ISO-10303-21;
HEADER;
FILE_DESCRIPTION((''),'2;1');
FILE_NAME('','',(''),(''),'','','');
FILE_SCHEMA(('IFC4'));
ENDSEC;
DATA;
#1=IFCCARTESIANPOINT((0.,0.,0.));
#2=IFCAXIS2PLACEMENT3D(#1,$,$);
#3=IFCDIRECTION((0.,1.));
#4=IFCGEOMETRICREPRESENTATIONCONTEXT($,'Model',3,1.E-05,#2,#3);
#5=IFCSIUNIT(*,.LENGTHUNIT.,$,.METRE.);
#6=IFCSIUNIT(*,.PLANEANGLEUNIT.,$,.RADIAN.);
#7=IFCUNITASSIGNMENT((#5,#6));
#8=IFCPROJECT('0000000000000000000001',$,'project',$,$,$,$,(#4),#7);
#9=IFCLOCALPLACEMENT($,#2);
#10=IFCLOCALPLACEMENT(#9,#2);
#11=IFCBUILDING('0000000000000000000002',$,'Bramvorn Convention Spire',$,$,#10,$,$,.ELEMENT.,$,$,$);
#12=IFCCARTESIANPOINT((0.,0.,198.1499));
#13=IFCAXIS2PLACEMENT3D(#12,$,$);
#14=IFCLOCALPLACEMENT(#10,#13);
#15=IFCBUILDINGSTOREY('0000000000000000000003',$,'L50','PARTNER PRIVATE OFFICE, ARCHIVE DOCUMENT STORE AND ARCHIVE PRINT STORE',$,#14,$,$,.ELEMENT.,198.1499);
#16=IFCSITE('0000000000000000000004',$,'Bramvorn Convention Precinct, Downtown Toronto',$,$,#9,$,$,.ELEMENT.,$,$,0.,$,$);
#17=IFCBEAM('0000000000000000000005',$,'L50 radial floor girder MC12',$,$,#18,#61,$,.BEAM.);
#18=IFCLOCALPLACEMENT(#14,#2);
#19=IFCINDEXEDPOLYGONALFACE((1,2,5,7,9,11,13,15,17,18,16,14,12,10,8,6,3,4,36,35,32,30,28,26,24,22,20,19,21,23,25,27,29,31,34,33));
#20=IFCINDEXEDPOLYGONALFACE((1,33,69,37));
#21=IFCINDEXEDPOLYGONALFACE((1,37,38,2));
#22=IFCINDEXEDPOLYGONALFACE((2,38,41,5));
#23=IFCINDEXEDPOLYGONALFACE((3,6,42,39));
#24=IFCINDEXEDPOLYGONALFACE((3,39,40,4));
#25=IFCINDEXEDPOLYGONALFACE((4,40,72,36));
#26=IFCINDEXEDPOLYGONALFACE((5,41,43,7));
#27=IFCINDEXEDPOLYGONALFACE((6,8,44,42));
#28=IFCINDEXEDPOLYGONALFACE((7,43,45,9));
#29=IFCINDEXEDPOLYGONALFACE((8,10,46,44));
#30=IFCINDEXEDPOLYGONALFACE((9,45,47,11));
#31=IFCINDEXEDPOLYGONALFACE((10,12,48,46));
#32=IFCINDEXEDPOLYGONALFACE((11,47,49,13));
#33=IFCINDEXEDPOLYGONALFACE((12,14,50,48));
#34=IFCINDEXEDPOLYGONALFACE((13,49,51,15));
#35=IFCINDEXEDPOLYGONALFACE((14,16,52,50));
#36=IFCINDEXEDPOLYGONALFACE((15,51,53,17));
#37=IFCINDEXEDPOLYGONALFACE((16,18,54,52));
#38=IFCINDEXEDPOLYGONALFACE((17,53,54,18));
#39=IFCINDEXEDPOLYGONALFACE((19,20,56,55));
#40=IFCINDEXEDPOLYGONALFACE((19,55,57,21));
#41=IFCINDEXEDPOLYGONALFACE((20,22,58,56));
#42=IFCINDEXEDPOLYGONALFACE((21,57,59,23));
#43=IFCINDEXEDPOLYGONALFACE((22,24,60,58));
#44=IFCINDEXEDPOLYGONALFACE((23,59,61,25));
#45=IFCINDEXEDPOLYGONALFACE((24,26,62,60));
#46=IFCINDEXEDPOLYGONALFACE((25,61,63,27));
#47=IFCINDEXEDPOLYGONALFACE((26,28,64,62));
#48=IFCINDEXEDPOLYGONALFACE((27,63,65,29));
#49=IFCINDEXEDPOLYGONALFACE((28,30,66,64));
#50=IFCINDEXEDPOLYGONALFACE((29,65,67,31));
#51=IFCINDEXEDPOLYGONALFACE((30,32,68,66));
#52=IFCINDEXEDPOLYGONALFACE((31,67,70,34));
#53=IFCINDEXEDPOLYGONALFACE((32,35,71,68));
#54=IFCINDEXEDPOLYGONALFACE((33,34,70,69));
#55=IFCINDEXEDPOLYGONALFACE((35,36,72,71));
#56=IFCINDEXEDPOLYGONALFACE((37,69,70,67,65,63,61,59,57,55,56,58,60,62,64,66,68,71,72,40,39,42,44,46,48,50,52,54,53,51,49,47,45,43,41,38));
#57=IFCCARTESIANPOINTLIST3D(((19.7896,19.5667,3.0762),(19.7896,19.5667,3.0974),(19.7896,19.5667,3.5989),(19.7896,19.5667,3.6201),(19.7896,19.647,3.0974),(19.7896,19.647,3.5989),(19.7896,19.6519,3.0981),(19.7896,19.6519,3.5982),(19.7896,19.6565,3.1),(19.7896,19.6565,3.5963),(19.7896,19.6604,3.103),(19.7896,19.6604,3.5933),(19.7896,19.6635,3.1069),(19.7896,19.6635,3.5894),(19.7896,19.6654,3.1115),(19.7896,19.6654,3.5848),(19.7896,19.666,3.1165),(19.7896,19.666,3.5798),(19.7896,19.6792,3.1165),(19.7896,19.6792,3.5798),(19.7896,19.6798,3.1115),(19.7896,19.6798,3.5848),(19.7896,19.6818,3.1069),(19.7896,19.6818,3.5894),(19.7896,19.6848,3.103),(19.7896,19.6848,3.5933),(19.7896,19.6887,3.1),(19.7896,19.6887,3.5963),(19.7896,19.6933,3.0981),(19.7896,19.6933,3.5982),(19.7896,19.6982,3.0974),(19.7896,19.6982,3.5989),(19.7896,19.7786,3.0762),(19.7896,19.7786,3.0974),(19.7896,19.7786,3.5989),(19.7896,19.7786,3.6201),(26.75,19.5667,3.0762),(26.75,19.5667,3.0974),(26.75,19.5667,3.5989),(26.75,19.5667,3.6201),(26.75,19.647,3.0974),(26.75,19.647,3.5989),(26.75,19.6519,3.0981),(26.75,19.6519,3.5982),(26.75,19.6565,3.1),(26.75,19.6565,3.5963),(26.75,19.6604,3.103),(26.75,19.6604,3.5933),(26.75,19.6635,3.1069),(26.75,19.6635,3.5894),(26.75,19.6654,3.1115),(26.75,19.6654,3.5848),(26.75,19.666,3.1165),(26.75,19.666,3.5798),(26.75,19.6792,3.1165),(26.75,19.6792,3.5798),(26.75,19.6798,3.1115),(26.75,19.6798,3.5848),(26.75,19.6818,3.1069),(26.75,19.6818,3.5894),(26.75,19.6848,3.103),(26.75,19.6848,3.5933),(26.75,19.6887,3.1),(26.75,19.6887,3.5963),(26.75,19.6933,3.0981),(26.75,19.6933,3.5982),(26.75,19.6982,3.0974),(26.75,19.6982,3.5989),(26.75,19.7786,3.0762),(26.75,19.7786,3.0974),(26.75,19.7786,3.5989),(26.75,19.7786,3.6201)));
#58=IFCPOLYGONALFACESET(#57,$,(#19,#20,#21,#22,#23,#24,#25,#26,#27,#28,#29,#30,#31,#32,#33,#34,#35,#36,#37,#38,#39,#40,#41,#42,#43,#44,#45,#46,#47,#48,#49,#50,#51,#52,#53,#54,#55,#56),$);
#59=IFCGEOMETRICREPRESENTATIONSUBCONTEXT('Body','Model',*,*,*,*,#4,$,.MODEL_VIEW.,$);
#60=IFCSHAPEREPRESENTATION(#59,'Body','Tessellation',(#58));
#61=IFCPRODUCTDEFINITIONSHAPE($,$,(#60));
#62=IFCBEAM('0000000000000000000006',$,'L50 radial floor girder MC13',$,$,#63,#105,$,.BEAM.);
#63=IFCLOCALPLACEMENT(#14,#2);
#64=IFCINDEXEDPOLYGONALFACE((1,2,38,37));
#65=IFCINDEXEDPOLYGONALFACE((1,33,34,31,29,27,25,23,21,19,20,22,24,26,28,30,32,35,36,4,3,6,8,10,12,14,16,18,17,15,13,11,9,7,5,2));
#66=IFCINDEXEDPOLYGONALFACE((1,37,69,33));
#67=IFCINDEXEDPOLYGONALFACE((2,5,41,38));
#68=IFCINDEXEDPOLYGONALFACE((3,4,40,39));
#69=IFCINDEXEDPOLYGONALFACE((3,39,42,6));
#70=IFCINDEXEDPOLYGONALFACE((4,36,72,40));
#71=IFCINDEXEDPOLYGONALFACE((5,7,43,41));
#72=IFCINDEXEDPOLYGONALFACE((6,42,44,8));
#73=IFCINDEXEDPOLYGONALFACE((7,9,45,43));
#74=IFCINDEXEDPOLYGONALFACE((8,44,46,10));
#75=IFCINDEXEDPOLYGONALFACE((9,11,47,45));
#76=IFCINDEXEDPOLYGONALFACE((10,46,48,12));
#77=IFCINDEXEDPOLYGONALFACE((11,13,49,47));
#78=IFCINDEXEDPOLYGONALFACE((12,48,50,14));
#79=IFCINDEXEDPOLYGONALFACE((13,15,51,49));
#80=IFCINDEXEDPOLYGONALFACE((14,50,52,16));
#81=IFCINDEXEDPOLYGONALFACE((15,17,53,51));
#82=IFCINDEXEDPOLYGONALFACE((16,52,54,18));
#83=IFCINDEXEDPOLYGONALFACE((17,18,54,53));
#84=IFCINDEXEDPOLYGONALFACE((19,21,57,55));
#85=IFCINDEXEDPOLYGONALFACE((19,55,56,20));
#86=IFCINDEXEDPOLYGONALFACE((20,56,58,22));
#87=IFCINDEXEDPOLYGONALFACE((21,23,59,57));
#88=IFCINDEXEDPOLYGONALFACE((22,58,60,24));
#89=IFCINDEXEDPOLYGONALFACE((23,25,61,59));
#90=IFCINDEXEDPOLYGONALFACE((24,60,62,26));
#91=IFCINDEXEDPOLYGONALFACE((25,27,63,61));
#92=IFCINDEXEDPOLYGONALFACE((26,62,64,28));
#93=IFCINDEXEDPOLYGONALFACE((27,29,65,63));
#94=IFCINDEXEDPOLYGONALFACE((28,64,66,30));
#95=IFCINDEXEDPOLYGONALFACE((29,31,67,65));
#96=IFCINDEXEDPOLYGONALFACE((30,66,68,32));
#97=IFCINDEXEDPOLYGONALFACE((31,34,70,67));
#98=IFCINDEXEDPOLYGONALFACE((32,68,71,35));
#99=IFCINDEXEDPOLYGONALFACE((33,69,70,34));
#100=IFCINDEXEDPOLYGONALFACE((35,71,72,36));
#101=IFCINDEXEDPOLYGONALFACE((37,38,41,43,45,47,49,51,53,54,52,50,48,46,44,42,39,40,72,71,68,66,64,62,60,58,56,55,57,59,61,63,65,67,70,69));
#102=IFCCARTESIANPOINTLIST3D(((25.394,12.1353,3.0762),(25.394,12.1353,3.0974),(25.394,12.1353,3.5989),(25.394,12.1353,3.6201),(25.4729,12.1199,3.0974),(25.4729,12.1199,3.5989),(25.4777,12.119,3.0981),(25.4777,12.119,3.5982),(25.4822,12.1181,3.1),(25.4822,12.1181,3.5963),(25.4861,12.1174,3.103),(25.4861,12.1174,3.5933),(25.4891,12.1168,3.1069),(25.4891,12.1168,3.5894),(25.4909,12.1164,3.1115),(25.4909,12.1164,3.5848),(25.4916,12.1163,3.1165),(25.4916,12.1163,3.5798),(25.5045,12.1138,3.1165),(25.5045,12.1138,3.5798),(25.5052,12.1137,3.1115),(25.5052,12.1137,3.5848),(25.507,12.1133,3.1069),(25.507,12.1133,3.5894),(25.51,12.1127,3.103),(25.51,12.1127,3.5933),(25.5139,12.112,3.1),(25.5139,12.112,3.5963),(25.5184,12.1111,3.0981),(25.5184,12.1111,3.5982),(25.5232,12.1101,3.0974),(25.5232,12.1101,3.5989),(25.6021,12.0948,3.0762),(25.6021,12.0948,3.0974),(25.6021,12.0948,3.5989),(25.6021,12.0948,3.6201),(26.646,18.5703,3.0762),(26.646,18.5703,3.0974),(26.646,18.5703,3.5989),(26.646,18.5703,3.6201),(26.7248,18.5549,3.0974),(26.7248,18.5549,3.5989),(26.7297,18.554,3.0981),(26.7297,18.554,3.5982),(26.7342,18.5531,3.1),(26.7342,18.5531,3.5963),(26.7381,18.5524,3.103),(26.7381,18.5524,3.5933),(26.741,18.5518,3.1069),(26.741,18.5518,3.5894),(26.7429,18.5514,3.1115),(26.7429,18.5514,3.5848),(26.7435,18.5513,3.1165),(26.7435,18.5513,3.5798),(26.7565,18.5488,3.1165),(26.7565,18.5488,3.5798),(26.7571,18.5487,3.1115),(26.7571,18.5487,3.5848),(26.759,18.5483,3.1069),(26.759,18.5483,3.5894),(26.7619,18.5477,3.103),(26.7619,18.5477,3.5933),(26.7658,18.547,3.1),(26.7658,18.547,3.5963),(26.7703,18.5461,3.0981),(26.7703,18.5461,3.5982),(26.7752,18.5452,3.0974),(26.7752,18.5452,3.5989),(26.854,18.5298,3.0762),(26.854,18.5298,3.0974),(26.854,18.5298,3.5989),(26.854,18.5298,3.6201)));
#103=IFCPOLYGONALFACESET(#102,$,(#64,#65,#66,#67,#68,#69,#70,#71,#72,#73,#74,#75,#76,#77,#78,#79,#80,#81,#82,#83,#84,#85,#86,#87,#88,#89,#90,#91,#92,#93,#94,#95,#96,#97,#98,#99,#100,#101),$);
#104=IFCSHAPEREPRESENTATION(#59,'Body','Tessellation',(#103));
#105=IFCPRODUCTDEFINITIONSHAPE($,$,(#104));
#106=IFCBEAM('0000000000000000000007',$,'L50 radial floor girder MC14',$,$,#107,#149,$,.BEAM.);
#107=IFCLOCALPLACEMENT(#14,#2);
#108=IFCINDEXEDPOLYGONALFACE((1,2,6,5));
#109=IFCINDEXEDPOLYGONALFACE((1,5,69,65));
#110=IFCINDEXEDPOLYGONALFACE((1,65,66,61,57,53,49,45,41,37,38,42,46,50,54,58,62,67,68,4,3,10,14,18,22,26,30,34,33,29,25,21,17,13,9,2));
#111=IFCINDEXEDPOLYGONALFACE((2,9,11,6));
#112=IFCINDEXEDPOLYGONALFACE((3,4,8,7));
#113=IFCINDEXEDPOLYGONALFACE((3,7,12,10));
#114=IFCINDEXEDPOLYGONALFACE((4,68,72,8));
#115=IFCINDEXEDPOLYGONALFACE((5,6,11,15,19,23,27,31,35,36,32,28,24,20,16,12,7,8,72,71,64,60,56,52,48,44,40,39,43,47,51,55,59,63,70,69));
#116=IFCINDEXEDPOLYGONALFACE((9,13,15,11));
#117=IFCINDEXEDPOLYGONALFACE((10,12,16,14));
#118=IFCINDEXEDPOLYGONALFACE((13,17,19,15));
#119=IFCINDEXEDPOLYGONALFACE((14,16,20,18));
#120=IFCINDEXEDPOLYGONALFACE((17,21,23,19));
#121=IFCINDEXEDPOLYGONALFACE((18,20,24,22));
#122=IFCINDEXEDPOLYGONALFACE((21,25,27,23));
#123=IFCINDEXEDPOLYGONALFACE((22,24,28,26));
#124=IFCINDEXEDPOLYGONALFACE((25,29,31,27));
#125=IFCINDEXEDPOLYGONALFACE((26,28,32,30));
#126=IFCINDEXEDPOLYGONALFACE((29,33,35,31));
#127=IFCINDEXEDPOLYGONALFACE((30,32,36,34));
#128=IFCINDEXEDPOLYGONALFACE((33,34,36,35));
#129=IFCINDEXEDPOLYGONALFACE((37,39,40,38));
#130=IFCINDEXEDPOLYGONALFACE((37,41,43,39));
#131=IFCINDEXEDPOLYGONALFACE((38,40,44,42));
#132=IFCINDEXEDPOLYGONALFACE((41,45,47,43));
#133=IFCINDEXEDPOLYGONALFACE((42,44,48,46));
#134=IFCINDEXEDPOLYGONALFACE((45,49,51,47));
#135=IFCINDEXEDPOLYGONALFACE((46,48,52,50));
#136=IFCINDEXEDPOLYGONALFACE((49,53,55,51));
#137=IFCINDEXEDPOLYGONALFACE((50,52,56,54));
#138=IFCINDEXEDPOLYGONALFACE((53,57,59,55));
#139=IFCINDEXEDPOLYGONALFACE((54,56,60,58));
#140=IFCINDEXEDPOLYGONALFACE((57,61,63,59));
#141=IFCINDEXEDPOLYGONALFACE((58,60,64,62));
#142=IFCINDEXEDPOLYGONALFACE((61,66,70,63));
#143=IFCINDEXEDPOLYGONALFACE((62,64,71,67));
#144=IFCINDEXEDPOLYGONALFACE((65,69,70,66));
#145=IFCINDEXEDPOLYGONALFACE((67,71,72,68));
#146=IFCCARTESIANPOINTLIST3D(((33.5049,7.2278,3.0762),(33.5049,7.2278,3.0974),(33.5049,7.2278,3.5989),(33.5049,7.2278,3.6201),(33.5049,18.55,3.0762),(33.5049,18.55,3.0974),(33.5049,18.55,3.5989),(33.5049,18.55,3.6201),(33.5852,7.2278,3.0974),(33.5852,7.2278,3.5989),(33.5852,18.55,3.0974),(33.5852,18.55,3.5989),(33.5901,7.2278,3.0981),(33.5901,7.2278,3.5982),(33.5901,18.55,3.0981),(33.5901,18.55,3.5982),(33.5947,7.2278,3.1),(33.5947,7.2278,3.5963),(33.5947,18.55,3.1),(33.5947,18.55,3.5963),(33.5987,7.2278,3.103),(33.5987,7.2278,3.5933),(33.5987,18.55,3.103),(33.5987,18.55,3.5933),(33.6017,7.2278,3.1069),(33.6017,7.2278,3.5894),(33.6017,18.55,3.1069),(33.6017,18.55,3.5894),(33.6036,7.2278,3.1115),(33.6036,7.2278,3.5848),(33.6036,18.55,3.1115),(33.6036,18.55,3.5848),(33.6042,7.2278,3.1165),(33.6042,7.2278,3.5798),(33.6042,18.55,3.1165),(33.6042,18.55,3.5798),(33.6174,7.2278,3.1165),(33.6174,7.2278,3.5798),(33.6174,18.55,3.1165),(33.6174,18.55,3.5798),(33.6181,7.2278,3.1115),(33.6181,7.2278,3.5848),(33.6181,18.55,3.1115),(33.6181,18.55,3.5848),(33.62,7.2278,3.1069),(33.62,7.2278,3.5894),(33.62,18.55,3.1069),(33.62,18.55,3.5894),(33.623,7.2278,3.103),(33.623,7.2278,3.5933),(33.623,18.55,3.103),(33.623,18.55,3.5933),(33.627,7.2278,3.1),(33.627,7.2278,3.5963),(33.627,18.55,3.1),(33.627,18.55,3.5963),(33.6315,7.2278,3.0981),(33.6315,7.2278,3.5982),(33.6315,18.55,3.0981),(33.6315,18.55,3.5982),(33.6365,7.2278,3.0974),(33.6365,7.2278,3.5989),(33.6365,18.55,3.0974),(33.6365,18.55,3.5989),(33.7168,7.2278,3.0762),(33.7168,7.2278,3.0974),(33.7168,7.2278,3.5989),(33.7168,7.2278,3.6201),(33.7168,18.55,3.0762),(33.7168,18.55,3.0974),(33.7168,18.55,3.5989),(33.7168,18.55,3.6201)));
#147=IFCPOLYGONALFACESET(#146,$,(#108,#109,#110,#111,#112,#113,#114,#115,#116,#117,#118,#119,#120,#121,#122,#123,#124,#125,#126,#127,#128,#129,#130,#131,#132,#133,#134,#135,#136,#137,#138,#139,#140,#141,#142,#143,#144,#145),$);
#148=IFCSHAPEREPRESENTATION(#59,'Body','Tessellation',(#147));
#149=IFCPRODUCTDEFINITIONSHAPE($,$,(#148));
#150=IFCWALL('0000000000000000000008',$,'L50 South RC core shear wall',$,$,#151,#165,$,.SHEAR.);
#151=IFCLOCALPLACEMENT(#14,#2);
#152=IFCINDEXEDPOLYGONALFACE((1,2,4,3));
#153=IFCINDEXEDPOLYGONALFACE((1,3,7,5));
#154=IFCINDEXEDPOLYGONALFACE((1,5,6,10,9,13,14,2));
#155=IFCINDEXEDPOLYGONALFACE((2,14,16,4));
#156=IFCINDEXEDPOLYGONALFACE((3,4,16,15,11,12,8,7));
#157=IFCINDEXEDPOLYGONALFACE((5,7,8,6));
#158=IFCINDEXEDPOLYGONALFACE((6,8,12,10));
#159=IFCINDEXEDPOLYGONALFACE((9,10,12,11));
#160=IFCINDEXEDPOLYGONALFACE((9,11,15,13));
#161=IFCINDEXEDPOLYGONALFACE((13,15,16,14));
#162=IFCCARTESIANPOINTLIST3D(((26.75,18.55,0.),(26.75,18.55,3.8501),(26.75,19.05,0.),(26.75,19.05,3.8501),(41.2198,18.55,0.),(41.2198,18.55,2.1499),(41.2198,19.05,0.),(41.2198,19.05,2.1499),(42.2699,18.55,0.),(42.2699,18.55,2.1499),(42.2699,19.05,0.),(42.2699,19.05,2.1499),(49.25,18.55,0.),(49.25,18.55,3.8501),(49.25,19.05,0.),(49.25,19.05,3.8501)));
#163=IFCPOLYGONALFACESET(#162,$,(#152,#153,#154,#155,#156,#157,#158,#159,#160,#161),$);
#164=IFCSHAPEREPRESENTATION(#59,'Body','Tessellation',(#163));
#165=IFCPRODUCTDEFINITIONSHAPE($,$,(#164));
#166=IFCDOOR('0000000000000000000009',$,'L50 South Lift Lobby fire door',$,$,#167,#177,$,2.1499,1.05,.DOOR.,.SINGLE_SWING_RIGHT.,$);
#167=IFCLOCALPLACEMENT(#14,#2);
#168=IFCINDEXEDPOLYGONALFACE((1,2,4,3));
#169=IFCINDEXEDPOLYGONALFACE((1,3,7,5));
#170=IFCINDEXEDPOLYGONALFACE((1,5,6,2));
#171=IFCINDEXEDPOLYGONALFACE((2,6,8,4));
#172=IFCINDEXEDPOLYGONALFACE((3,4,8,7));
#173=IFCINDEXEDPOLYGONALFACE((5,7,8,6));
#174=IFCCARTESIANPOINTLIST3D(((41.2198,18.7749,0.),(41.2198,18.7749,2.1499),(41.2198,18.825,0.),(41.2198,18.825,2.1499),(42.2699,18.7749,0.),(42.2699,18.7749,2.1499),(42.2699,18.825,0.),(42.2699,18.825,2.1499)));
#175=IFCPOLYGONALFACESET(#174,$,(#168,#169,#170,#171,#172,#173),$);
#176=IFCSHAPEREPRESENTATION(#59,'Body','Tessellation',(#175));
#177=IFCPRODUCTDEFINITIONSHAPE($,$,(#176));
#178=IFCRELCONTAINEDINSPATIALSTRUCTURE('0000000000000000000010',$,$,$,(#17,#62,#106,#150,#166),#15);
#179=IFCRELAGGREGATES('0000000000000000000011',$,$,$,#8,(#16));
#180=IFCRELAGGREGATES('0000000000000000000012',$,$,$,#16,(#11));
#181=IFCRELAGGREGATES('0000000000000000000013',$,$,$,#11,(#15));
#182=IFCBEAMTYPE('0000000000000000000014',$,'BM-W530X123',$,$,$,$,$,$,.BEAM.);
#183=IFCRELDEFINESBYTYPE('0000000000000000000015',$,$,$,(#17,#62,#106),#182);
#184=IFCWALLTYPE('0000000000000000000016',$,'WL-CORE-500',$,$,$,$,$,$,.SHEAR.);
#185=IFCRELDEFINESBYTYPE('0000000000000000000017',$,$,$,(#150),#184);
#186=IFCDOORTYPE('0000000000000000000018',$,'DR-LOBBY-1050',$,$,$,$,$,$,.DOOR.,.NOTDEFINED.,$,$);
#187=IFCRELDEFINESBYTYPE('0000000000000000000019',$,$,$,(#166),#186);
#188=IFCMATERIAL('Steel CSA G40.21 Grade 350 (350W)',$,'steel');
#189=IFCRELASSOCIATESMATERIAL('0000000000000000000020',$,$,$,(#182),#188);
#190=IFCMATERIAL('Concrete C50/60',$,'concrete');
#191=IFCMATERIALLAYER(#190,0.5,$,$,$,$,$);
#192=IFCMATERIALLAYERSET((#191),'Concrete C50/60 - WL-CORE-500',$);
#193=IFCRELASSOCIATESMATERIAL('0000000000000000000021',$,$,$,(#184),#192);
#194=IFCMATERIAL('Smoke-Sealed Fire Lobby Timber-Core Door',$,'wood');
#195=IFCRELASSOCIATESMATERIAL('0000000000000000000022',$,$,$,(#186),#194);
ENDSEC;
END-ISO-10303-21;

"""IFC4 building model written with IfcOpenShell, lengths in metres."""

from ifc_helpers import new_model, si_unit, direction, frame, frame_2d, origin, origin_2d, place, context, subcontext, project, spatial, rectangle, i_section, extrude, material, layer, layer_set, material_profile, profile_set, type_object, element, fill, save


model = new_model("IFC4")

# Units and contexts
model_context = context("Model", 3, precision=1e-05, world=origin(), true_north=direction((0.0, 1.0)))
body_context = subcontext(model_context, "Body", "Model", "MODEL_VIEW")
ifc_project = project(units=[si_unit("LENGTHUNIT", "METRE"), si_unit("PLANEANGLEUNIT", "RADIAN")], contexts=[model_context])

# Site, building, storey
site_placement = place(None, origin())
site = spatial("IfcSite", under=ifc_project, at=site_placement, Name="Bramvorn Convention Precinct, Downtown Toronto", CompositionType="ELEMENT", RefElevation=0.0)
building_placement = place(site_placement, origin())
building = spatial("IfcBuilding", under=site, at=building_placement, Name="Bramvorn Convention Spire", CompositionType="ELEMENT")
storey_placement = place(building_placement, frame((0.0, 0.0, 198.1499)))
storey = spatial("IfcBuildingStorey", under=building, at=storey_placement, Name="L50", Description="PARTNER PRIVATE OFFICE, ARCHIVE DOCUMENT STORE AND ARCHIVE PRINT STORE", CompositionType="ELEMENT", Elevation=198.1499)

# Shared definitions
ifc_material_1 = material(Name="Steel CSA G40.21 Grade 350 (350W)", Category="steel")

# Beams
ifc_material_profile_1 = material_profile(ifc_material_1, i_section(OverallWidth=0.2119, OverallDepth=0.5439, WebThickness=0.0132, FlangeThickness=0.0212, FilletRadius=0.019, at=origin_2d()))
ifc_profile_set_1 = profile_set([ifc_material_profile_1], Name="Steel CSA G40.21 Grade 350 (350W) - W530X123")
beam_type_1 = type_object("IfcBeamType", Name="BM-W530X123", PredefinedType="BEAM", material=ifc_profile_set_1)
beam_1_placement = place(storey_placement, frame((26.75, 19.6726, 3.3481), z_axis=(-1.0, 0.0, 0.0), x_axis=(0.0, -1.0, 0.0)))
element("IfcBeam", 1, at=beam_1_placement, inside=storey, type_object=beam_type_1, Name="L50 radial floor girder MC12", PredefinedType="BEAM", context=body_context, shape_type="SweptSolid", body=[
    extrude(i_section(OverallWidth=0.2119, OverallDepth=0.5439, WebThickness=0.0132, FlangeThickness=0.0212, FilletRadius=0.019, at=origin_2d()), origin(), (0.0, 0.0, 1.0), 6.9604),
])
beam_2_placement = place(storey_placement, frame((26.75, 18.55, 3.3481), z_axis=(-0.190971, -0.981596, 0.0), x_axis=(0.981596, -0.190971, 0.0)))
element("IfcBeam", 2, at=beam_2_placement, inside=storey, type_object=beam_type_1, Name="L50 radial floor girder MC13", PredefinedType="BEAM", context=body_context, shape_type="SweptSolid", body=[
    extrude(i_section(OverallWidth=0.2119, OverallDepth=0.5439, WebThickness=0.0132, FlangeThickness=0.0212, FilletRadius=0.019, at=origin_2d()), origin(), (0.0, 0.0, 1.0), 6.5557),
])
beam_3_placement = place(storey_placement, frame((33.6108, 18.55, 3.3481), z_axis=(0.0, -1.0, 0.0), x_axis=(1.0, 0.0, 0.0)))
element("IfcBeam", 3, at=beam_3_placement, inside=storey, type_object=beam_type_1, Name="L50 radial floor girder MC14", PredefinedType="BEAM", context=body_context, shape_type="SweptSolid", body=[
    extrude(i_section(OverallWidth=0.2119, OverallDepth=0.5439, WebThickness=0.0132, FlangeThickness=0.0212, FilletRadius=0.019, at=origin_2d()), origin(), (0.0, 0.0, 1.0), 11.3223),
])

# Wall, opening, door
ifc_material_2 = material(Name="Concrete C50/60", Category="concrete")
ifc_layer_1 = layer(ifc_material_2, 0.5)
ifc_layer_set_1 = layer_set([ifc_layer_1], Name="Concrete C50/60 - WL-CORE-500")
wall_type_1 = type_object("IfcWallType", Name="WL-CORE-500", PredefinedType="SHEAR", material=ifc_layer_set_1)
wall_1_placement = place(storey_placement, frame((26.75, 18.8, 0.0), z_axis=(0.0, 0.0, 1.0), x_axis=(1.0, 0.0, 0.0)))
wall_1 = element("IfcWall", 4, at=wall_1_placement, inside=storey, type_object=wall_type_1, Name="L50 South RC core shear wall", PredefinedType="SHEAR", context=body_context, shape_type="SweptSolid", body=[
    extrude(rectangle(XDim=22.5, YDim=0.5, at=frame_2d((11.25, 0.0))), origin(), (0.0, 0.0, 1.0), 3.8501),
])
opening_1_placement = place(wall_1_placement, frame((14.47, 0.0, 0.0)))
opening_1 = element("IfcOpeningElement", 5, at=opening_1_placement, cuts=wall_1, PredefinedType="OPENING", context=body_context, shape_type="SweptSolid", body=[
    extrude(rectangle(XDim=1.05, YDim=2.1499, at=frame_2d((0.5249, 1.075))), frame((0.0, 0.26, 0.0), z_axis=(0.0, -1.0, 0.0), x_axis=(1.0, 0.0, 0.0)), (0.0, 0.0, 1.0), 0.52),
])
ifc_material_3 = material(Name="Smoke-Sealed Fire Lobby Timber-Core Door", Category="wood")
door_type = type_object("IfcDoorType", Name="DR-LOBBY-1050", OperationType="NOTDEFINED", PredefinedType="DOOR", material=ifc_material_3)
door_1_placement = place(opening_1_placement, origin())
door_1 = element("IfcDoor", 6, at=door_1_placement, inside=storey, type_object=door_type, Name="L50 South Lift Lobby fire door", OperationType="SINGLE_SWING_RIGHT", OverallHeight=2.1499, OverallWidth=1.05, PredefinedType="DOOR", context=body_context, shape_type="SweptSolid", body=[
    extrude(rectangle(XDim=1.05, YDim=2.1499, at=frame_2d((0.5249, 1.075))), frame((0.0, 0.0249, 0.0), z_axis=(0.0, -1.0, 0.0), x_axis=(1.0, 0.0, 0.0)), (0.0, 0.0, 1.0), 0.05),
])
fill(opening_1, door_1)

save(model, "model.ifc")
